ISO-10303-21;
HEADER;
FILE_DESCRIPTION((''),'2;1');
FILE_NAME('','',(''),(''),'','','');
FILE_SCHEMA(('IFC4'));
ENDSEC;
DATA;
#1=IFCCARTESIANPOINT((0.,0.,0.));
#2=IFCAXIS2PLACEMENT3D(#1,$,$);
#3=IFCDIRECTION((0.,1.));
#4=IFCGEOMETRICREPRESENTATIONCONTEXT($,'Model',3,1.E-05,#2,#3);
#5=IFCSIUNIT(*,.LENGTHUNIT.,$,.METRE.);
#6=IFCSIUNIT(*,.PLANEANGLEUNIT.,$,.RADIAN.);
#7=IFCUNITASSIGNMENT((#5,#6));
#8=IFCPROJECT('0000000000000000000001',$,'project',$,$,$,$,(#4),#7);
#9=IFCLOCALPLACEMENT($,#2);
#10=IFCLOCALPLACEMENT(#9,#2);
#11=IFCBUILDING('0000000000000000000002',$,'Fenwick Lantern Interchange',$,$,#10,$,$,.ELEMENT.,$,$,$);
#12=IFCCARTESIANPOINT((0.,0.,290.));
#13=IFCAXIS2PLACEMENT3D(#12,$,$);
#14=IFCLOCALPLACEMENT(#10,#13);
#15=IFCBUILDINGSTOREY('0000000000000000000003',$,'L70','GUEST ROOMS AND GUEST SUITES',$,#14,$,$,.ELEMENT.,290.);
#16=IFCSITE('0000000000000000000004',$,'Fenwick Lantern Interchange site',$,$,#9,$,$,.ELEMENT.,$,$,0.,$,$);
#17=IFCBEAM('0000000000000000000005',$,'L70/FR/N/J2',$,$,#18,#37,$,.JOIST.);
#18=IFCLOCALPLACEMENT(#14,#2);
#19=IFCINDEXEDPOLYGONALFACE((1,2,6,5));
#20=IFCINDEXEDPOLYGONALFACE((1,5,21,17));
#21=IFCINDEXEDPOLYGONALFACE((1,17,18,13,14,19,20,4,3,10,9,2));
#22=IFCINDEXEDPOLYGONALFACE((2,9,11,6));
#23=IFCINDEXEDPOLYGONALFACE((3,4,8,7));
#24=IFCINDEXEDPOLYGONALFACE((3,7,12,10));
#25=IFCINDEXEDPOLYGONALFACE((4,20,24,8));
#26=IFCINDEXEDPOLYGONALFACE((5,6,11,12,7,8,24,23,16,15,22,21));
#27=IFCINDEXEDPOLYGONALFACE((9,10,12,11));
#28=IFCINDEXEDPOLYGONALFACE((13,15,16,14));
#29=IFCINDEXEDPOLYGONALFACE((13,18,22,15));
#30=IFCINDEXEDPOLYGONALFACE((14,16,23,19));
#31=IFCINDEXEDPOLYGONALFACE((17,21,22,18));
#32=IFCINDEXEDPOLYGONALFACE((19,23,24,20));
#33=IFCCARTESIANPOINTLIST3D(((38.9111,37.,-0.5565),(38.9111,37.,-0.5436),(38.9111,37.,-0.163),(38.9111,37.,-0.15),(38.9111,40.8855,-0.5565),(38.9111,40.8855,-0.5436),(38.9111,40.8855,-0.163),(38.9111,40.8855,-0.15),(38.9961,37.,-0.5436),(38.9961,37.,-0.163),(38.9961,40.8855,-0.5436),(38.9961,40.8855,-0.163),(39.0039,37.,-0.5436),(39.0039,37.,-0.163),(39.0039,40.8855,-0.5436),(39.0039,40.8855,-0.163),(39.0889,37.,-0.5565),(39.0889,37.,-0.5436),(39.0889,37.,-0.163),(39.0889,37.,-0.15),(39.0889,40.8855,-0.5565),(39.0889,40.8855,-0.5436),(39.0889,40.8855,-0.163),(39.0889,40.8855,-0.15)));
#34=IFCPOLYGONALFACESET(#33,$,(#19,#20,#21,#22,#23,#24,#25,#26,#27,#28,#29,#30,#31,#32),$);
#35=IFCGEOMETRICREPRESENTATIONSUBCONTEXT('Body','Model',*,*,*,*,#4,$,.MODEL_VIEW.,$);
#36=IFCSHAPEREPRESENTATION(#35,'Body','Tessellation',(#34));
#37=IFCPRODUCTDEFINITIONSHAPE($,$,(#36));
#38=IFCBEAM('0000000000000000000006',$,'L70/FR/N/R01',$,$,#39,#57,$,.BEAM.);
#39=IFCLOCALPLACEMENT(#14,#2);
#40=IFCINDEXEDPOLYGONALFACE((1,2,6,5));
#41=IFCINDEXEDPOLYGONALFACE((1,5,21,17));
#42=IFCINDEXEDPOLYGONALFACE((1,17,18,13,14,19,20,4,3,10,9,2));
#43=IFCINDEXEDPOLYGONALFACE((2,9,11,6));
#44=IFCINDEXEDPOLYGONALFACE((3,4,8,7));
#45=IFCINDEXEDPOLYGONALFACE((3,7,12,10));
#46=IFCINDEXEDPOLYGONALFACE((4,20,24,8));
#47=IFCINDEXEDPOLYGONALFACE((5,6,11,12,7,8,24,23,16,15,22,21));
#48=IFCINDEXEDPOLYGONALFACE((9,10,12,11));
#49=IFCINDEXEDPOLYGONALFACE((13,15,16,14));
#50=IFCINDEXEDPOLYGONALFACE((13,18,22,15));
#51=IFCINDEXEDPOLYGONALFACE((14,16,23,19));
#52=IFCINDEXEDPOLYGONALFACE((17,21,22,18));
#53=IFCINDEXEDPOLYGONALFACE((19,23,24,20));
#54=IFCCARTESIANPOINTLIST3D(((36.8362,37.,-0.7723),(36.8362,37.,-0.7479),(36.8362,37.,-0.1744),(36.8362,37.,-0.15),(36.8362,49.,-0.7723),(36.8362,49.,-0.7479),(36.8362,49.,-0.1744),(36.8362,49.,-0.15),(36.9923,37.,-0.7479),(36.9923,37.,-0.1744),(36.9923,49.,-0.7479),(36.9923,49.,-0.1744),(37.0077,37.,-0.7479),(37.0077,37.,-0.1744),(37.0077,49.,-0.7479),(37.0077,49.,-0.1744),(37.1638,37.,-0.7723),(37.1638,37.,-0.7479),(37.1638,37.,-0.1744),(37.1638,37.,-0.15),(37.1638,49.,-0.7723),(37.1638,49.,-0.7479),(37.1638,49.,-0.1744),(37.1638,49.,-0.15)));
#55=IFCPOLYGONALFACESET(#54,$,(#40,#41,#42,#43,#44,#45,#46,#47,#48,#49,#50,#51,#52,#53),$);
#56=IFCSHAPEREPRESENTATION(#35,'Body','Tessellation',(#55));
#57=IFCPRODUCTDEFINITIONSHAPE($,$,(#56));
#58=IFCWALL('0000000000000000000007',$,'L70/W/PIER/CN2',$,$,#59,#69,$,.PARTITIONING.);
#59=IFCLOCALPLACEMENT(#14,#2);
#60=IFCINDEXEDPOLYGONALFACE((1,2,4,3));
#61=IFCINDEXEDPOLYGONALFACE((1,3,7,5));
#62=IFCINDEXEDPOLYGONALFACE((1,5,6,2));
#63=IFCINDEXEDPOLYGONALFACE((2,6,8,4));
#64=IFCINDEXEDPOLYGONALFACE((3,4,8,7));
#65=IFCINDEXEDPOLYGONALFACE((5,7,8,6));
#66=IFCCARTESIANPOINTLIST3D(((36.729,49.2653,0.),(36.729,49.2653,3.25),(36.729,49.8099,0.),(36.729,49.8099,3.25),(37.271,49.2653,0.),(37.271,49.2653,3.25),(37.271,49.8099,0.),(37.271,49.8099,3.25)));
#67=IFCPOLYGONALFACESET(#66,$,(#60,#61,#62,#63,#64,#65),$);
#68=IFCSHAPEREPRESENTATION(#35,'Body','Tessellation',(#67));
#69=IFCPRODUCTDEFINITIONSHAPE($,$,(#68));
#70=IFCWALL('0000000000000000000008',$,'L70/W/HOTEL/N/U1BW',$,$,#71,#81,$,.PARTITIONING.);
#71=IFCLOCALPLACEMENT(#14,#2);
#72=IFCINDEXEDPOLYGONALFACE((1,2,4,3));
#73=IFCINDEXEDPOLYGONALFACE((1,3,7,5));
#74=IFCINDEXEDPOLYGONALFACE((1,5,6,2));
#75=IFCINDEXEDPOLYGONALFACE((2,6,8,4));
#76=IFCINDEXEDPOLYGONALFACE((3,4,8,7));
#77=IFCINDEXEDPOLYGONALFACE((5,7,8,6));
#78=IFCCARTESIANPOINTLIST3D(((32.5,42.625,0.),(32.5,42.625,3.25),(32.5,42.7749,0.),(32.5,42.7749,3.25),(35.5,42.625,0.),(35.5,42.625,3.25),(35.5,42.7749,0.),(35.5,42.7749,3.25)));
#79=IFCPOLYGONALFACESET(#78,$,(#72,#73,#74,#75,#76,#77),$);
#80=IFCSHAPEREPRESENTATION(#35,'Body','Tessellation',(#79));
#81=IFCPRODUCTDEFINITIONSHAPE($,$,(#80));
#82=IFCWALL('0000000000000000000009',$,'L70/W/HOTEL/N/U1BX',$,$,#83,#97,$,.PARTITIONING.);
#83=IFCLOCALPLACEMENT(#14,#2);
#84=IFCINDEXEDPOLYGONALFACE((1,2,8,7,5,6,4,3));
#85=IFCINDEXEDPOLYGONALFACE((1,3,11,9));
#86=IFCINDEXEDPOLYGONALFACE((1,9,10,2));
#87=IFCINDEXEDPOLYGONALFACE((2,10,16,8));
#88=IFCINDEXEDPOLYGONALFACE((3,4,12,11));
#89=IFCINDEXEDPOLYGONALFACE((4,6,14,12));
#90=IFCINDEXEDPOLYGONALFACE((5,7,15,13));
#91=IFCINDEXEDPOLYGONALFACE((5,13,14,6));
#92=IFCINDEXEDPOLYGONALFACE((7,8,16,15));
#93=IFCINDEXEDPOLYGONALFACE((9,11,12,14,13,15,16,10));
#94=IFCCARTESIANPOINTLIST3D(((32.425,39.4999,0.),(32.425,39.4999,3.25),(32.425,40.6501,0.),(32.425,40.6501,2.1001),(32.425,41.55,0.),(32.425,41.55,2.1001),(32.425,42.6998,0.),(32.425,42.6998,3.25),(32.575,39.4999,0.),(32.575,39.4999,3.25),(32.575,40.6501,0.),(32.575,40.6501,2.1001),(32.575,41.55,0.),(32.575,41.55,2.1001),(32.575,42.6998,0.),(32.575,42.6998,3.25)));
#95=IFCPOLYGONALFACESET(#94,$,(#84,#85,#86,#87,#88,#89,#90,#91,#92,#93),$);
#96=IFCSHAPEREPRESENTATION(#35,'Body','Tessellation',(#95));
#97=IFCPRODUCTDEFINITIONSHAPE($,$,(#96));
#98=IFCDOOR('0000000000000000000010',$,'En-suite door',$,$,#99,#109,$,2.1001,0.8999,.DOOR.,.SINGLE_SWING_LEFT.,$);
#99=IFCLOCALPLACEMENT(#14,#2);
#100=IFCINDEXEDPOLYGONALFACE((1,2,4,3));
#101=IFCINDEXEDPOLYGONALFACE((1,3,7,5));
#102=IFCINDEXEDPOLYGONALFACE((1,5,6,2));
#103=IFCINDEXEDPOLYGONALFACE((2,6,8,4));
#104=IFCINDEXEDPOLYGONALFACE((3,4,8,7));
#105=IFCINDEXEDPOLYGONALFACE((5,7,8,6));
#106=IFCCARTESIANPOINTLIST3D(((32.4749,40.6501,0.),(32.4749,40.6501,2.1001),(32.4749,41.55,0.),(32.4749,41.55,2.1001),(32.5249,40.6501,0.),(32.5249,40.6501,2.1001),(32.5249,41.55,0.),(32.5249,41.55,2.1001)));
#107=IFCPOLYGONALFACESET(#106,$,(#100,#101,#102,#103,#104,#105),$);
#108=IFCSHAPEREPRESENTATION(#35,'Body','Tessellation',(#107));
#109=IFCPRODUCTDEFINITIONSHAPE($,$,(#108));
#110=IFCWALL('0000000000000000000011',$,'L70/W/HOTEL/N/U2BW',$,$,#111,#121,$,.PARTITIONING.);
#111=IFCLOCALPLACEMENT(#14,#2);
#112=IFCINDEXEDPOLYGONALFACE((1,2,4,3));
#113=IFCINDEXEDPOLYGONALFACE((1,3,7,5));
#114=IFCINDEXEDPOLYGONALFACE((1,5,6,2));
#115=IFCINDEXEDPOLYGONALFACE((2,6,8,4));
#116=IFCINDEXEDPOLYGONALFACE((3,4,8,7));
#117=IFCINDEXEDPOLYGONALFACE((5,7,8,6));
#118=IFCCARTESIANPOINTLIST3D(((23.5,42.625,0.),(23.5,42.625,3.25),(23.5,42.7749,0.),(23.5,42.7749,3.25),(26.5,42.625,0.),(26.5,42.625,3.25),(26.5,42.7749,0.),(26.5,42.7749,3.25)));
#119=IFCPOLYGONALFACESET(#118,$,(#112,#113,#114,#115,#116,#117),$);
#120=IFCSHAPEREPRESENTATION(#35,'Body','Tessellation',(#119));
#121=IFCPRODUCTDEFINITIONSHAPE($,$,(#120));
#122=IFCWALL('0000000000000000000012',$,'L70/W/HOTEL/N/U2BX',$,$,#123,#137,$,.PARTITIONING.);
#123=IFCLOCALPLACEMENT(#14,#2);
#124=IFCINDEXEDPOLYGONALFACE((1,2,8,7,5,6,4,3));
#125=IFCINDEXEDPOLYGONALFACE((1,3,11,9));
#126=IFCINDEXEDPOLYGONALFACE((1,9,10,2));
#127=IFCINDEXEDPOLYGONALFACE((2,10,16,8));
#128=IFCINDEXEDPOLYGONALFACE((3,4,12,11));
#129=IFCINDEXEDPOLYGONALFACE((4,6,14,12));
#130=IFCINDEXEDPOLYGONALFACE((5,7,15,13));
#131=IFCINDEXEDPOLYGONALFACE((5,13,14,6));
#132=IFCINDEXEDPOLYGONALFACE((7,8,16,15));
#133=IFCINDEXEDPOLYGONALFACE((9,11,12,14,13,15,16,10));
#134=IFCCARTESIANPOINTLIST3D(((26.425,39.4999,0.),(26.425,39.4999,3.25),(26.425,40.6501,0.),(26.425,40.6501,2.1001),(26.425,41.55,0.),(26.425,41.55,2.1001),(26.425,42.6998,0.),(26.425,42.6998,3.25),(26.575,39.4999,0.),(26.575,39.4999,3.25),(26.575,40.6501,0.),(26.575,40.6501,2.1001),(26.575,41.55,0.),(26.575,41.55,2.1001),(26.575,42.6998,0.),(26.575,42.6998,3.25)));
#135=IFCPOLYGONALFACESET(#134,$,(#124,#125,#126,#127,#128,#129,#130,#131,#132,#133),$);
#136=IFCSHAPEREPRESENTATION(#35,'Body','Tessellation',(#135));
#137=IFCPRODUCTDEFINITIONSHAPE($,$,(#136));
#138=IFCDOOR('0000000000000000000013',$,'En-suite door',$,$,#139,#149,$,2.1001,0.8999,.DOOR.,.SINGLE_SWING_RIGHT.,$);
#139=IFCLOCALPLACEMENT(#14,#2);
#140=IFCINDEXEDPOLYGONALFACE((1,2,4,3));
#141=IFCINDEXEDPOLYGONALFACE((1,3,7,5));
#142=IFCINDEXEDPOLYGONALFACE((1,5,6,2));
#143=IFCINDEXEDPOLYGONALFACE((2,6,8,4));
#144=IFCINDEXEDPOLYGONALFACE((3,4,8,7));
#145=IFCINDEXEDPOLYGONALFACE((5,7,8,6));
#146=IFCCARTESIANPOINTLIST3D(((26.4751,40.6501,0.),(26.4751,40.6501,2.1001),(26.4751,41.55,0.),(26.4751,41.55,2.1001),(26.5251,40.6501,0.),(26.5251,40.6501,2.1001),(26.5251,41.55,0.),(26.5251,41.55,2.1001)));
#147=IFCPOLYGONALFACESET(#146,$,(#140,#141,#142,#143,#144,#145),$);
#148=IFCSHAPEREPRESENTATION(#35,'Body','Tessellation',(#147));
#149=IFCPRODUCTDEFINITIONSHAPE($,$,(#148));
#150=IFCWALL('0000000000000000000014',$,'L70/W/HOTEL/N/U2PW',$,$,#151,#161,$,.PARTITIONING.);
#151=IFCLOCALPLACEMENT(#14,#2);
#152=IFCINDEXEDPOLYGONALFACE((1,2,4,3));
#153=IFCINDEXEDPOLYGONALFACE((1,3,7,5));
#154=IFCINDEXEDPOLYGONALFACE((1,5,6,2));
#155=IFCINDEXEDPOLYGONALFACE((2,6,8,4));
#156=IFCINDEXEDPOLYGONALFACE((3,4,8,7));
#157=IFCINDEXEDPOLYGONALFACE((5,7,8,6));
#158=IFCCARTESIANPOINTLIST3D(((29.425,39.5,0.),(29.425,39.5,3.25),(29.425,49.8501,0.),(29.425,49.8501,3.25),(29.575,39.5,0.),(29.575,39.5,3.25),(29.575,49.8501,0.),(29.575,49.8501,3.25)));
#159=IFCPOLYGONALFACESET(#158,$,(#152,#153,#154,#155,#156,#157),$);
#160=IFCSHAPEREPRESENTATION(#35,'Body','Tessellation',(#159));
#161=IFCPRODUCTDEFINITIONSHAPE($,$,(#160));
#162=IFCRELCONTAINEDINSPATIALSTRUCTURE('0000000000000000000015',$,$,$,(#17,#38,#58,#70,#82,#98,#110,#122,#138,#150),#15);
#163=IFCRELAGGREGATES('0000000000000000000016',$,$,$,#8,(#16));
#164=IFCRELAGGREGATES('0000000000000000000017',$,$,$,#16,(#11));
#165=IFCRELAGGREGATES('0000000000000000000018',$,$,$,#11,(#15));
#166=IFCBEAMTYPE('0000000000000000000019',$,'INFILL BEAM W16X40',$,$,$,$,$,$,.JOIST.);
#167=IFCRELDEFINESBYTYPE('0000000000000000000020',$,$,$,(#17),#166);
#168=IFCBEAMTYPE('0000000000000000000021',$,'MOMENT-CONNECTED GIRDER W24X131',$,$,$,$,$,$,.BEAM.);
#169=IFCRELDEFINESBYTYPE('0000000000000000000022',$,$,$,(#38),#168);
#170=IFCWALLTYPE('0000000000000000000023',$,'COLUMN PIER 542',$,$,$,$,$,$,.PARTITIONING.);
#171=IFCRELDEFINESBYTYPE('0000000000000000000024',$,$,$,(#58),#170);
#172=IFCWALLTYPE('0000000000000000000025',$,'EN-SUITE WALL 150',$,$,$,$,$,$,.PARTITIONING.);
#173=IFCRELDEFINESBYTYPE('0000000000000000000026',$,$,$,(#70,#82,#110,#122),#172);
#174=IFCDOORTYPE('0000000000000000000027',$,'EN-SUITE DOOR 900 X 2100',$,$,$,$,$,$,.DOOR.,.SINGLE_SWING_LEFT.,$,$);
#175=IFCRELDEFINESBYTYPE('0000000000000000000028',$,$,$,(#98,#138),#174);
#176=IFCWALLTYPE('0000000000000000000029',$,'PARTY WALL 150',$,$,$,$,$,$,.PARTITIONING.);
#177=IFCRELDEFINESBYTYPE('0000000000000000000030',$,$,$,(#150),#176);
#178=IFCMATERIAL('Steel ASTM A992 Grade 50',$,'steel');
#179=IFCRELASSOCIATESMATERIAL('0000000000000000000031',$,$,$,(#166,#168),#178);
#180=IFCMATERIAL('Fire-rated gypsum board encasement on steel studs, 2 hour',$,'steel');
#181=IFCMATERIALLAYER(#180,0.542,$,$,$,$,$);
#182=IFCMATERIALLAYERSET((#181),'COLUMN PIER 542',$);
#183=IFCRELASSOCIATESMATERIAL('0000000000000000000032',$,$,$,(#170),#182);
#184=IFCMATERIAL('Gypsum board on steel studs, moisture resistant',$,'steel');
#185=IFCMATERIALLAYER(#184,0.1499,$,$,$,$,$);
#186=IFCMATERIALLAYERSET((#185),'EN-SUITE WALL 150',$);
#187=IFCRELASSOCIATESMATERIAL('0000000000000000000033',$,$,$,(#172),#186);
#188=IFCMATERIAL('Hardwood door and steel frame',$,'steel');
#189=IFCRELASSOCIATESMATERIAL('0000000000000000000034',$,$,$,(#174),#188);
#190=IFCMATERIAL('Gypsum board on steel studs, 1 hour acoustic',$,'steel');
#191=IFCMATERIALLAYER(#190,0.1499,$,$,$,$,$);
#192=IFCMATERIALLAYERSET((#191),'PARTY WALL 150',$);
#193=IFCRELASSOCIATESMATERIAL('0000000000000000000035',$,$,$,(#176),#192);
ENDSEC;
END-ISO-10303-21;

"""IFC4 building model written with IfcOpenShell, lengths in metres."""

from ifc_helpers import new_model, si_unit, direction, frame, frame_2d, origin, origin_2d, place, context, subcontext, project, spatial, rectangle, i_section, extrude, material, layer, layer_set, material_profile, profile_set, type_object, element, fill, save


model = new_model("IFC4")

# Units and contexts
model_context = context("Model", 3, precision=1e-05, world=origin(), true_north=direction((0.0, 1.0)))
body_context = subcontext(model_context, "Body", "Model", "MODEL_VIEW")
ifc_project = project(units=[si_unit("LENGTHUNIT", "METRE"), si_unit("PLANEANGLEUNIT", "RADIAN")], contexts=[model_context])

# Site, building, storey
site_placement = place(None, origin())
site = spatial("IfcSite", under=ifc_project, at=site_placement, Name="Fenwick Lantern Interchange site", CompositionType="ELEMENT", RefElevation=0.0)
building_placement = place(site_placement, origin())
building = spatial("IfcBuilding", under=site, at=building_placement, Name="Fenwick Lantern Interchange", CompositionType="ELEMENT")
storey_placement = place(building_placement, frame((0.0, 0.0, 290.0)))
storey = spatial("IfcBuildingStorey", under=building, at=storey_placement, Name="L70", Description="GUEST ROOMS AND GUEST SUITES", CompositionType="ELEMENT", Elevation=290.0)

# Shared definitions
ifc_material_1 = material(Name="Steel ASTM A992 Grade 50", Category="steel")

# Beams
ifc_material_profile_1 = material_profile(ifc_material_1, i_section(OverallWidth=0.1777, OverallDepth=0.4065, WebThickness=0.0078, FlangeThickness=0.0129, at=origin_2d()), Name="W16X40")
ifc_profile_set_1 = profile_set([ifc_material_profile_1], Name="Steel ASTM A992 Grade 50")
beam_type_1 = type_object("IfcBeamType", Name="INFILL BEAM W16X40", PredefinedType="JOIST", material=ifc_profile_set_1)
beam_1_placement = place(storey_placement, frame((39.0, 40.8855, -0.3533), z_axis=(0.0, -1.0, 0.0), x_axis=(1.0, 0.0, 0.0)))
element("IfcBeam", 1, at=beam_1_placement, inside=storey, type_object=beam_type_1, Name="L70/FR/N/J2", PredefinedType="JOIST", context=body_context, shape_type="SweptSolid", body=[
    extrude(i_section(OverallWidth=0.1777, OverallDepth=0.4065, WebThickness=0.0078, FlangeThickness=0.0129, at=origin_2d()), origin(), (0.0, 0.0, 1.0), 3.8855),
])
ifc_material_profile_2 = material_profile(ifc_material_1, i_section(OverallWidth=0.3276, OverallDepth=0.6223, WebThickness=0.0154, FlangeThickness=0.0244, at=origin_2d()), Name="W24X131")
ifc_profile_set_2 = profile_set([ifc_material_profile_2], Name="Steel ASTM A992 Grade 50")
beam_type_2 = type_object("IfcBeamType", Name="MOMENT-CONNECTED GIRDER W24X131", PredefinedType="BEAM", material=ifc_profile_set_2)
beam_2_placement = place(storey_placement, frame((37.0, 49.0, -0.4612), z_axis=(0.0, -1.0, 0.0), x_axis=(1.0, 0.0, 0.0)))
element("IfcBeam", 2, at=beam_2_placement, inside=storey, type_object=beam_type_2, Name="L70/FR/N/R01", PredefinedType="BEAM", context=body_context, shape_type="SweptSolid", body=[
    extrude(i_section(OverallWidth=0.3276, OverallDepth=0.6223, WebThickness=0.0154, FlangeThickness=0.0244, at=origin_2d()), origin(), (0.0, 0.0, 1.0), 12.0),
])

# Walls
ifc_material_2 = material(Name="Fire-rated gypsum board encasement on steel studs, 2 hour", Category="steel")
ifc_layer_1 = layer(ifc_material_2, 0.542)
ifc_layer_set_1 = layer_set([ifc_layer_1], Name="COLUMN PIER 542")
wall_type_1 = type_object("IfcWallType", Name="COLUMN PIER 542", PredefinedType="PARTITIONING", material=ifc_layer_set_1)
wall_1_placement = place(storey_placement, frame((37.0, 49.8101, 0.0), z_axis=(0.0, 0.0, 1.0), x_axis=(0.0, -1.0, 0.0)))
element("IfcWall", 3, at=wall_1_placement, inside=storey, type_object=wall_type_1, Name="L70/W/PIER/CN2", PredefinedType="PARTITIONING", context=body_context, shape_type="SweptSolid", body=[
    extrude(rectangle(XDim=0.5447, YDim=0.542, at=frame_2d((0.2725, 0.0))), origin(), (0.0, 0.0, 1.0), 3.25),
])
ifc_material_3 = material(Name="Gypsum board on steel studs, moisture resistant", Category="steel")
ifc_layer_2 = layer(ifc_material_3, 0.1499)
ifc_layer_set_2 = layer_set([ifc_layer_2], Name="EN-SUITE WALL 150")
wall_type_2 = type_object("IfcWallType", Name="EN-SUITE WALL 150", PredefinedType="PARTITIONING", material=ifc_layer_set_2)
wall_2_placement = place(storey_placement, frame((35.5, 42.7, 0.0), z_axis=(0.0, 0.0, 1.0), x_axis=(-1.0, 0.0, 0.0)))
element("IfcWall", 4, at=wall_2_placement, inside=storey, type_object=wall_type_2, Name="L70/W/HOTEL/N/U1BW", PredefinedType="PARTITIONING", context=body_context, shape_type="SweptSolid", body=[
    extrude(rectangle(XDim=3.0, YDim=0.1499, at=frame_2d((1.5, 0.0))), origin(), (0.0, 0.0, 1.0), 3.25),
])

# Wall, opening, door
wall_3_placement = place(storey_placement, frame((32.5, 42.7, 0.0), z_axis=(0.0, 0.0, 1.0), x_axis=(0.0, -1.0, 0.0)))
wall_3 = element("IfcWall", 5, at=wall_3_placement, inside=storey, type_object=wall_type_2, Name="L70/W/HOTEL/N/U1BX", PredefinedType="PARTITIONING", context=body_context, shape_type="SweptSolid", body=[
    extrude(rectangle(XDim=3.2, YDim=0.1499, at=frame_2d((1.6001, 0.0))), origin(), (0.0, 0.0, 1.0), 3.25),
])
opening_1_placement = place(wall_3_placement, frame((1.1499, 0.0, 0.0)))
opening_1 = element("IfcOpeningElement", 6, at=opening_1_placement, cuts=wall_3, PredefinedType="OPENING", context=body_context, shape_type="SweptSolid", body=[
    extrude(rectangle(XDim=0.8999, YDim=2.1001, at=frame_2d((0.45, 1.05))), frame((0.0, 0.085, 0.0), z_axis=(0.0, -1.0, 0.0), x_axis=(1.0, 0.0, 0.0)), (0.0, 0.0, 1.0), 0.1699),
])
ifc_material_4 = material(Name="Hardwood door and steel frame", Category="steel")
door_type_1 = type_object("IfcDoorType", Name="EN-SUITE DOOR 900 X 2100", OperationType="SINGLE_SWING_LEFT", PredefinedType="DOOR", material=ifc_material_4)
door_1_placement = place(opening_1_placement, origin())
door_1 = element("IfcDoor", 7, at=door_1_placement, inside=storey, type_object=door_type_1, Name="En-suite door", OperationType="SINGLE_SWING_LEFT", OverallHeight=2.1001, OverallWidth=0.8999, PredefinedType="DOOR", context=body_context, shape_type="SweptSolid", body=[
    extrude(rectangle(XDim=0.8999, YDim=2.1001, at=frame_2d((0.45, 1.05))), frame((0.0, 0.0249, 0.0), z_axis=(0.0, -1.0, 0.0), x_axis=(1.0, 0.0, 0.0)), (0.0, 0.0, 1.0), 0.05),
])
fill(opening_1, door_1)

# Wall
wall_4_placement = place(storey_placement, frame((26.5, 42.7, 0.0), z_axis=(0.0, 0.0, 1.0), x_axis=(-1.0, 0.0, 0.0)))
element("IfcWall", 8, at=wall_4_placement, inside=storey, type_object=wall_type_2, Name="L70/W/HOTEL/N/U2BW", PredefinedType="PARTITIONING", context=body_context, shape_type="SweptSolid", body=[
    extrude(rectangle(XDim=3.0, YDim=0.1499, at=frame_2d((1.5, 0.0))), origin(), (0.0, 0.0, 1.0), 3.25),
])

# Wall, opening, door
wall_5_placement = place(storey_placement, frame((26.5, 42.7, 0.0), z_axis=(0.0, 0.0, 1.0), x_axis=(0.0, -1.0, 0.0)))
wall_5 = element("IfcWall", 9, at=wall_5_placement, inside=storey, type_object=wall_type_2, Name="L70/W/HOTEL/N/U2BX", PredefinedType="PARTITIONING", context=body_context, shape_type="SweptSolid", body=[
    extrude(rectangle(XDim=3.2, YDim=0.1499, at=frame_2d((1.6001, 0.0))), origin(), (0.0, 0.0, 1.0), 3.25),
])
opening_2_placement = place(wall_5_placement, frame((1.1499, 0.0, 0.0)))
opening_2 = element("IfcOpeningElement", 10, at=opening_2_placement, cuts=wall_5, PredefinedType="OPENING", context=body_context, shape_type="SweptSolid", body=[
    extrude(rectangle(XDim=0.8999, YDim=2.1001, at=frame_2d((0.45, 1.05))), frame((0.0, 0.085, 0.0), z_axis=(0.0, -1.0, 0.0), x_axis=(1.0, 0.0, 0.0)), (0.0, 0.0, 1.0), 0.1699),
])
door_2_placement = place(opening_2_placement, frame((0.8999, 0.0, 0.0), z_axis=(0.0, 0.0, 1.0), x_axis=(-1.0, 0.0, 0.0)))
door_2 = element("IfcDoor", 11, at=door_2_placement, inside=storey, type_object=door_type_1, Name="En-suite door", OperationType="SINGLE_SWING_RIGHT", OverallHeight=2.1001, OverallWidth=0.8999, PredefinedType="DOOR", context=body_context, shape_type="SweptSolid", body=[
    extrude(rectangle(XDim=0.8999, YDim=2.1001, at=frame_2d((0.45, 1.05))), frame((0.0, 0.0249, 0.0), z_axis=(0.0, -1.0, 0.0), x_axis=(1.0, 0.0, 0.0)), (0.0, 0.0, 1.0), 0.05),
])
fill(opening_2, door_2)

# Wall
ifc_material_5 = material(Name="Gypsum board on steel studs, 1 hour acoustic", Category="steel")
ifc_layer_3 = layer(ifc_material_5, 0.1499)
ifc_layer_set_3 = layer_set([ifc_layer_3], Name="PARTY WALL 150")
wall_type_3 = type_object("IfcWallType", Name="PARTY WALL 150", PredefinedType="PARTITIONING", material=ifc_layer_set_3)
wall_6_placement = place(storey_placement, frame((29.5, 49.8501, 0.0), z_axis=(0.0, 0.0, 1.0), x_axis=(0.0, -1.0, 0.0)))
element("IfcWall", 12, at=wall_6_placement, inside=storey, type_object=wall_type_3, Name="L70/W/HOTEL/N/U2PW", PredefinedType="PARTITIONING", context=body_context, shape_type="SweptSolid", body=[
    extrude(rectangle(XDim=10.3501, YDim=0.1499, at=frame_2d((5.175, 0.0))), origin(), (0.0, 0.0, 1.0), 3.25),
])

save(model, "model.ifc")
